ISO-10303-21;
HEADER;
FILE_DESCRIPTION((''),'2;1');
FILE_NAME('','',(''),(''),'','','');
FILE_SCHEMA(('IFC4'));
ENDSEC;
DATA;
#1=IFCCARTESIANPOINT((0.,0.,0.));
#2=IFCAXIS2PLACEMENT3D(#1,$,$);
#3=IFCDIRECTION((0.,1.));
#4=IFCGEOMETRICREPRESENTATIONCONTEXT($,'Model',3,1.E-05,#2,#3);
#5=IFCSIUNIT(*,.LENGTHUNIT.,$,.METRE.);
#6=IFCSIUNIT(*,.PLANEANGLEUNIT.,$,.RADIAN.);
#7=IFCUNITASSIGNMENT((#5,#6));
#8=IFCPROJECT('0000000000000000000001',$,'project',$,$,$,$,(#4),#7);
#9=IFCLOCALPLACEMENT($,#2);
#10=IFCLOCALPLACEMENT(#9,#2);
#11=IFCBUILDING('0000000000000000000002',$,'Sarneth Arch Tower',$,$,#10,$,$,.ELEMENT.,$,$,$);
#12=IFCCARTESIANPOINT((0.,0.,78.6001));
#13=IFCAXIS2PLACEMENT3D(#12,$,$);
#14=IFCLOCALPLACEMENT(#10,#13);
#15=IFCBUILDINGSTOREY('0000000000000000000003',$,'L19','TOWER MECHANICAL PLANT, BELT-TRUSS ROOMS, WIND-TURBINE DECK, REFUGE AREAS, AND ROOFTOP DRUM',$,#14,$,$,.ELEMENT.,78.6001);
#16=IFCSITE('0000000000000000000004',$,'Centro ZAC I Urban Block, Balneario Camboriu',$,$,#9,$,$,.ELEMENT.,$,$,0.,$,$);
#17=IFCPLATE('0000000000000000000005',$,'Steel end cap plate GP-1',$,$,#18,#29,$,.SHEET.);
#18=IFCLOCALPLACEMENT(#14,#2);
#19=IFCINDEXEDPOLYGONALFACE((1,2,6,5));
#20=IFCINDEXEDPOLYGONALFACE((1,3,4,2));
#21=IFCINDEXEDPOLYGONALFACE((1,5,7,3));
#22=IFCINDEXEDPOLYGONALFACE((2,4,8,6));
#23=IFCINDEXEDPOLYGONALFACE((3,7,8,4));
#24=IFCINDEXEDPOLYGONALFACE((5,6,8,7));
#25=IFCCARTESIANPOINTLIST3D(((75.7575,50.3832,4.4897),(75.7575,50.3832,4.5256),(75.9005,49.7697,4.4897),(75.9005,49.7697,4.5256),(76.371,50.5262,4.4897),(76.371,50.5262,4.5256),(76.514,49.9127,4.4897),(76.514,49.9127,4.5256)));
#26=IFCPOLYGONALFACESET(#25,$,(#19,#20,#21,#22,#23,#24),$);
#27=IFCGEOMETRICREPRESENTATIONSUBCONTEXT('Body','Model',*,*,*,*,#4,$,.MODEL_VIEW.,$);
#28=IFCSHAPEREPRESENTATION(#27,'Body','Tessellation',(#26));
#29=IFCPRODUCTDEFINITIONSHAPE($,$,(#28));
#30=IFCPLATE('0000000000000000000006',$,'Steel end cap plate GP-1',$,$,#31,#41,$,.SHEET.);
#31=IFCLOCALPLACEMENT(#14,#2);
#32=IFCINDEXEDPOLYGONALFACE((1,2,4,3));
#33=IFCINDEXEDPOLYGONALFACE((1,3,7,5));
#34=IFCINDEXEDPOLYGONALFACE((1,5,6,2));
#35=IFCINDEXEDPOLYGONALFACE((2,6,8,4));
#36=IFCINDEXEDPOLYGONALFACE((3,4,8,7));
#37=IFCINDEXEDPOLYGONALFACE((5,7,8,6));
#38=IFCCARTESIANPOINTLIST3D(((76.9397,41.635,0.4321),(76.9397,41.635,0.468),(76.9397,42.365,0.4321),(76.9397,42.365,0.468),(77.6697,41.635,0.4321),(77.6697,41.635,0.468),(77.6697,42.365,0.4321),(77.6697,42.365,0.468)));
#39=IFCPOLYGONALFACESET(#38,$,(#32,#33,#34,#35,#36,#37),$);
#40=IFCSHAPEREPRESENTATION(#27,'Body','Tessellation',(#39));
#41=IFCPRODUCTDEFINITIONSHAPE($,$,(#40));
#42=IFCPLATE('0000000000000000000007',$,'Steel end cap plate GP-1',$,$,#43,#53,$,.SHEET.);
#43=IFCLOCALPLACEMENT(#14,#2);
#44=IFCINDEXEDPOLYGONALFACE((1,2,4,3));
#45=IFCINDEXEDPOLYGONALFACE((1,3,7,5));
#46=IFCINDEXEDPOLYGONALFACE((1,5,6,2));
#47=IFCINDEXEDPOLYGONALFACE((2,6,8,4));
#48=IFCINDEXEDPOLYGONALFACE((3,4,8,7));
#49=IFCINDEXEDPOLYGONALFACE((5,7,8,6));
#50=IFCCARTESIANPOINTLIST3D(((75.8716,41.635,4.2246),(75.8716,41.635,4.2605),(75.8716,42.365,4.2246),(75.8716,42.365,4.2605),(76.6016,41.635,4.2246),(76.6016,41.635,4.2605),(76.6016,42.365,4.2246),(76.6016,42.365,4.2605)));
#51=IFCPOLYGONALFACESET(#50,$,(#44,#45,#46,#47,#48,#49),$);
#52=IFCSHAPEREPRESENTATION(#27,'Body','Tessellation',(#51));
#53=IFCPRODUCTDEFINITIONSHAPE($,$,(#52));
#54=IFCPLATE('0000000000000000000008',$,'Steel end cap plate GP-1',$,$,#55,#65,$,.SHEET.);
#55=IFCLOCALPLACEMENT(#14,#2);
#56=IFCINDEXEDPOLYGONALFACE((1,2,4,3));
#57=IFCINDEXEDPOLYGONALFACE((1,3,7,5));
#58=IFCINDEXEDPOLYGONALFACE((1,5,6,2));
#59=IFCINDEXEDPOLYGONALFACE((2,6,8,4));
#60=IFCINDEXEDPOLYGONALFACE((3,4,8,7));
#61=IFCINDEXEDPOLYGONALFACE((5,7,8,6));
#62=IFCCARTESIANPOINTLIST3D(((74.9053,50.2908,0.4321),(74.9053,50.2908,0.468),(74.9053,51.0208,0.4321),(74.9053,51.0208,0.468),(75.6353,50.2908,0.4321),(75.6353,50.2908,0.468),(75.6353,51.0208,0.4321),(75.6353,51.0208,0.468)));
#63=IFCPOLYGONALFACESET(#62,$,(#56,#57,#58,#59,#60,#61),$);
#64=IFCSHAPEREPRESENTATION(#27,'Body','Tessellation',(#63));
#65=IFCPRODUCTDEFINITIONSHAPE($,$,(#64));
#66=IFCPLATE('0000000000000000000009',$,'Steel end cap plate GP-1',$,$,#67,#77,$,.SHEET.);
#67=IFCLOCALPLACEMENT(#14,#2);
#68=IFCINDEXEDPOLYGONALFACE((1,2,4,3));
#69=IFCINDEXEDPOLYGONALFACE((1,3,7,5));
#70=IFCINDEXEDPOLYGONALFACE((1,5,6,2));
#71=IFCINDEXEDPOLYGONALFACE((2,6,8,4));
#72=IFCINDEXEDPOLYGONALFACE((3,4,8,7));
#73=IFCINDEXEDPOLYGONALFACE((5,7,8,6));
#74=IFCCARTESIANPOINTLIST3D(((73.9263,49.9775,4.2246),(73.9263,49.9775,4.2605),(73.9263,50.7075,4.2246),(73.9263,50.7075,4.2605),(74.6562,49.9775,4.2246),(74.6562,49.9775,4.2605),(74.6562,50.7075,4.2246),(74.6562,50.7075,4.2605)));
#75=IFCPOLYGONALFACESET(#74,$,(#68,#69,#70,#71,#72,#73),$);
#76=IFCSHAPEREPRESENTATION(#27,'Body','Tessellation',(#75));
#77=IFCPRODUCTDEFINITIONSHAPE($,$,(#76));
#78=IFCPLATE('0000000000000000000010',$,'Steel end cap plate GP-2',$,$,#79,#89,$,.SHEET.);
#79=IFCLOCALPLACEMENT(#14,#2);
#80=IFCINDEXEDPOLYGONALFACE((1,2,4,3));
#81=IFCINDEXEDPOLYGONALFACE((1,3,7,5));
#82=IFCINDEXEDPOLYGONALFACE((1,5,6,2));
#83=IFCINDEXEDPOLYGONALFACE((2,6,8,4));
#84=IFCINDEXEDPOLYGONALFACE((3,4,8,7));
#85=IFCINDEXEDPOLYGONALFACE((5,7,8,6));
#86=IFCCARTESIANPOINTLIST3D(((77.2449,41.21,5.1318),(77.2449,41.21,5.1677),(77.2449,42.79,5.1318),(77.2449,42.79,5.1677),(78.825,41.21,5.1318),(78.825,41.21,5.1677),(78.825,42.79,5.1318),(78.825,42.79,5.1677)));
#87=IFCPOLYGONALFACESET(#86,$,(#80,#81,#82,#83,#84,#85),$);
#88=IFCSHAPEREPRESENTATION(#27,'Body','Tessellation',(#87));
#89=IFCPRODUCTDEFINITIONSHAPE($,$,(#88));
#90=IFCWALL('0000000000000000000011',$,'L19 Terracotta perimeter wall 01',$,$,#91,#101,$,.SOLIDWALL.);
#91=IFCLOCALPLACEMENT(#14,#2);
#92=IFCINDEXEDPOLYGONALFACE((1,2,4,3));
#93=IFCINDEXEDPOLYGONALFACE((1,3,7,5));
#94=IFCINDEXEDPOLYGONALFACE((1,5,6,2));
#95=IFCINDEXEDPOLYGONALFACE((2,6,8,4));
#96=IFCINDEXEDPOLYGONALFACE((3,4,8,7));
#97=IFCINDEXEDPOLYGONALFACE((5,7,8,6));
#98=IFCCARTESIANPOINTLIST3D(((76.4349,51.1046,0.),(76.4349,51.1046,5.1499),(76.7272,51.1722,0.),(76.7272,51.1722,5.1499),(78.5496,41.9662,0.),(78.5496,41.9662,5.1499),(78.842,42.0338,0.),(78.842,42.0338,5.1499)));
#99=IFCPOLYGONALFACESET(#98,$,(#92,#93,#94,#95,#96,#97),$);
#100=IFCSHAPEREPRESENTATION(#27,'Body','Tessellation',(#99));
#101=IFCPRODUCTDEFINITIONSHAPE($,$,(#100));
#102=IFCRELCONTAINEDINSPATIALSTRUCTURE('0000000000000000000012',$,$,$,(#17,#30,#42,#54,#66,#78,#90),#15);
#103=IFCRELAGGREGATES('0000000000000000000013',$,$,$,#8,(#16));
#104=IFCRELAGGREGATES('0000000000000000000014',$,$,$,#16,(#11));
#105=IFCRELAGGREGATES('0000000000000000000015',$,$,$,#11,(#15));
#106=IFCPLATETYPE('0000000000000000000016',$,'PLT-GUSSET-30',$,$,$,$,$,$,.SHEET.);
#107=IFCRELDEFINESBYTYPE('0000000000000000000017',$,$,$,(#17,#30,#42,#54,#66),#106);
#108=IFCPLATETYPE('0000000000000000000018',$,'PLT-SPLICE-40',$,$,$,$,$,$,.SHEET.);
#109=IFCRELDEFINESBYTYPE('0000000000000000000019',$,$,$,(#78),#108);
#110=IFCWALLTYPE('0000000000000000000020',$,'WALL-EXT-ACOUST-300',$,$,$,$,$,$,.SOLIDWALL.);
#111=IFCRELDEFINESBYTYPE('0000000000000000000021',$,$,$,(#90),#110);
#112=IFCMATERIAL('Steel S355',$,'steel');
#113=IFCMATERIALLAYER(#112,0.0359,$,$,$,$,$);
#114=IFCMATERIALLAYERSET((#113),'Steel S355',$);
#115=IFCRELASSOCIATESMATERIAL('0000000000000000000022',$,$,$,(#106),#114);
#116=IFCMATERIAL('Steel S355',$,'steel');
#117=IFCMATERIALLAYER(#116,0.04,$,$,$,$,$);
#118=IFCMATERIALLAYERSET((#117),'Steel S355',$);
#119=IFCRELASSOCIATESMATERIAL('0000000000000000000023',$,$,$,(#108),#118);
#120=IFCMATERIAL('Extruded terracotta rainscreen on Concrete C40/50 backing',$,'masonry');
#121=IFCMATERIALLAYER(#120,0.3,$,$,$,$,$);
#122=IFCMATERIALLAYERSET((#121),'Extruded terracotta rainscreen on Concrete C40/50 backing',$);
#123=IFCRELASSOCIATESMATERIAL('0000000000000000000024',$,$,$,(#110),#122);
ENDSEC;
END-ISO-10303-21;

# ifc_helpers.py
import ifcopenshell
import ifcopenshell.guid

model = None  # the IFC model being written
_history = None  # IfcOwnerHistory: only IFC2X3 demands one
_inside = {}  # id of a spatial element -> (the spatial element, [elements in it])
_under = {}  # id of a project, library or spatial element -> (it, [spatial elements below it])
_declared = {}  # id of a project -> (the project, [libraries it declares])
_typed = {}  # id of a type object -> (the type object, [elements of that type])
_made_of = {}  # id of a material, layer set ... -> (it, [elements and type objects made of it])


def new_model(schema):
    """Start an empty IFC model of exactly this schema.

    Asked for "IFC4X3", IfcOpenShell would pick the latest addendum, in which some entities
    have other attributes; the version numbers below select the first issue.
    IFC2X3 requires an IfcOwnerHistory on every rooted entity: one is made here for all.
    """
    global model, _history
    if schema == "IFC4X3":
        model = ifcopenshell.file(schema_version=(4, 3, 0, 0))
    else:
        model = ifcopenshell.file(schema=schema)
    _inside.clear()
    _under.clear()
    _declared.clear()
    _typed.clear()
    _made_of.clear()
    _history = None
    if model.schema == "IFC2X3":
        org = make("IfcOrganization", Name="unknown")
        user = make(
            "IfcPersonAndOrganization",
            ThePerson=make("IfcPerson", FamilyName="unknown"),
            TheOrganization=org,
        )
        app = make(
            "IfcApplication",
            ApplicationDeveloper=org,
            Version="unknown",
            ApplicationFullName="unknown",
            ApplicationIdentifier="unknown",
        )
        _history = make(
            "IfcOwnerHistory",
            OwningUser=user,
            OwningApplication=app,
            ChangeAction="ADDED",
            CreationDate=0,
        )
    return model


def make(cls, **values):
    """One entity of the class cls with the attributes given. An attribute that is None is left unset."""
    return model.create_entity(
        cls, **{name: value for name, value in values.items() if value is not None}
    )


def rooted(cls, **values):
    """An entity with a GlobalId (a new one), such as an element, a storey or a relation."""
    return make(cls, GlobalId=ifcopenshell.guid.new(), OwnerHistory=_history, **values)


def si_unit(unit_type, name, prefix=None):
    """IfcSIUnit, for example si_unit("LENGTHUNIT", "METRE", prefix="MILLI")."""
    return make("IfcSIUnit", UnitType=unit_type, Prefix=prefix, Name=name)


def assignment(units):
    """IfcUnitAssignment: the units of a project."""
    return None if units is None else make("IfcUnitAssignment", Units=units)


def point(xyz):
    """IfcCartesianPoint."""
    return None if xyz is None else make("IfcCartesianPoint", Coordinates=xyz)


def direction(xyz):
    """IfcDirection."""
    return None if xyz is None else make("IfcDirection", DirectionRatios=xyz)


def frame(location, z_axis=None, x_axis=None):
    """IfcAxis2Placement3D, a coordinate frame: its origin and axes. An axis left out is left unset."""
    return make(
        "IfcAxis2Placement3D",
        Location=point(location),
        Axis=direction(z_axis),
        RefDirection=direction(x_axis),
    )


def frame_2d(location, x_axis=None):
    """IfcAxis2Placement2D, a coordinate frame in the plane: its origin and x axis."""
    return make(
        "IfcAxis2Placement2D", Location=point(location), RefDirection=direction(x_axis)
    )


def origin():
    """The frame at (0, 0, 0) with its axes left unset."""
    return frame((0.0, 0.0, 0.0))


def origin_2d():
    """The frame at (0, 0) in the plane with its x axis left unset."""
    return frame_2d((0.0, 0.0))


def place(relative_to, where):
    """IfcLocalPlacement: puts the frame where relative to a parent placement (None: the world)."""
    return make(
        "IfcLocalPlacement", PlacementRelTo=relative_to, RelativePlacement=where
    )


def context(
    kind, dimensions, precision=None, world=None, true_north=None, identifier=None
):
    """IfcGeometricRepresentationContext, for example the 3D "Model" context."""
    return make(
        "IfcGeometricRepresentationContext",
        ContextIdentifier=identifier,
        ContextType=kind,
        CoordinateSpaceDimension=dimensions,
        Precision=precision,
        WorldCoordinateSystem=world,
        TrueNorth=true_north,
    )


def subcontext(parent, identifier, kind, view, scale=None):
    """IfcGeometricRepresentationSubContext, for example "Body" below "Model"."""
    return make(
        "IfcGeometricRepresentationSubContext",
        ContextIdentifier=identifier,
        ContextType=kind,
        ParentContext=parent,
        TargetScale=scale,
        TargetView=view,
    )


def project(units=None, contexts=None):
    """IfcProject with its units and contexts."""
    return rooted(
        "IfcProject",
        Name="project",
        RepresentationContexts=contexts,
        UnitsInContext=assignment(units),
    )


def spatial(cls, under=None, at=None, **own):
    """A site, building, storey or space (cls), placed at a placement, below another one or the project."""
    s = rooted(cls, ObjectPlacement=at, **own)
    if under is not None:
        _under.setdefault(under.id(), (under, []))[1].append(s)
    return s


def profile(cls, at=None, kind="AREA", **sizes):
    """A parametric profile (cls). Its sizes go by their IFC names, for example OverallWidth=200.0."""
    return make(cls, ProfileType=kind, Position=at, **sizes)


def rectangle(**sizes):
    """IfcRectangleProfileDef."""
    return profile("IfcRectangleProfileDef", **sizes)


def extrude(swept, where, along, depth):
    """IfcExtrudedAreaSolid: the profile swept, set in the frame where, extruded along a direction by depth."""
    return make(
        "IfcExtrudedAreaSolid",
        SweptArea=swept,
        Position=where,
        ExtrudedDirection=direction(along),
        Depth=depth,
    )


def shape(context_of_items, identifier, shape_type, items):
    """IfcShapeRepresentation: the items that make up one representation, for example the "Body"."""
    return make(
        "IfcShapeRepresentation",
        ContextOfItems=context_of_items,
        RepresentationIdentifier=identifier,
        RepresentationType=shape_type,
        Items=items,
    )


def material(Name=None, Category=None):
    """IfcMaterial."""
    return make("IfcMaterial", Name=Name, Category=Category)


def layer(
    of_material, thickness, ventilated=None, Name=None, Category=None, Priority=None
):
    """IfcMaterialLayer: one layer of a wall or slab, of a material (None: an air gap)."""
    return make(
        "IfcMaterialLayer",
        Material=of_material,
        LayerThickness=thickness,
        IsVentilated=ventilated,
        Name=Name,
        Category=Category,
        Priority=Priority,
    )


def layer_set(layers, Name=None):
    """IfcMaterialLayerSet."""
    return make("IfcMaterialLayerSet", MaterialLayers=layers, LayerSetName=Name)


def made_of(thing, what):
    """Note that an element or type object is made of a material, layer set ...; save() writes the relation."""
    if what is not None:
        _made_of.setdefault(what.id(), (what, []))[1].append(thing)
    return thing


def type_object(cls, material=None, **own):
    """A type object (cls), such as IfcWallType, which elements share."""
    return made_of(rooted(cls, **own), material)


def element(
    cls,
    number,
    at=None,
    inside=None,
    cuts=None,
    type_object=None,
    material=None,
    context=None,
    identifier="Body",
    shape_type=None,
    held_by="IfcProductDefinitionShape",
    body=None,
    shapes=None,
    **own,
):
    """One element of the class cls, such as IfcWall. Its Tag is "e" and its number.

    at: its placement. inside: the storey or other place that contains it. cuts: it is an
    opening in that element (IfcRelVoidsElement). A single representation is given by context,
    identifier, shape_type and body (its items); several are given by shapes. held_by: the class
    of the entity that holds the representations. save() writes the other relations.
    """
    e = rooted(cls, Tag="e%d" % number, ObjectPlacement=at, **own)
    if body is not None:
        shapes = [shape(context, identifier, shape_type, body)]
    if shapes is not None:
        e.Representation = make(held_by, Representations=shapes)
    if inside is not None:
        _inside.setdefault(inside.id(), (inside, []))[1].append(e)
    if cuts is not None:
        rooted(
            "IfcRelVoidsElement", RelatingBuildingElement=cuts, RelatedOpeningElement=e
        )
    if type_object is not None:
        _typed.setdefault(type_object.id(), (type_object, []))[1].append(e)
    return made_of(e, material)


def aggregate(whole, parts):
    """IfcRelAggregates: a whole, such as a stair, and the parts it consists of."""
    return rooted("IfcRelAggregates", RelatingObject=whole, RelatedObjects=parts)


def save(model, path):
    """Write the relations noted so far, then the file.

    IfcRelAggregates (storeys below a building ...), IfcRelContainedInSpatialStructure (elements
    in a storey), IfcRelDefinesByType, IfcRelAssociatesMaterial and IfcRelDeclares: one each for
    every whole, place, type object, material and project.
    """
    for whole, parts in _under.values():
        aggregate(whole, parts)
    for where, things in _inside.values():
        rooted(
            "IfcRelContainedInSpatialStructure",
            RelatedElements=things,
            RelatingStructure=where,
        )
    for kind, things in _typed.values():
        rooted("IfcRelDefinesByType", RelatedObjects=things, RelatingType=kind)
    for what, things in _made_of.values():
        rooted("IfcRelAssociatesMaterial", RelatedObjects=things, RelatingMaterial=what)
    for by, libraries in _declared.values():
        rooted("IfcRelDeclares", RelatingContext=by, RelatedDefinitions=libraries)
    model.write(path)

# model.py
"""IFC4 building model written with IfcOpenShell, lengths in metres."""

from ifc_helpers import new_model, si_unit, direction, frame, frame_2d, origin, origin_2d, place, context, subcontext, project, spatial, rectangle, extrude, material, layer, layer_set, type_object, element, save


model = new_model("IFC4")

# Units and contexts
model_context = context("Model", 3, precision=1e-05, world=origin(), true_north=direction((0.0, 1.0)))
body_context = subcontext(model_context, "Body", "Model", "MODEL_VIEW")
ifc_project = project(units=[si_unit("LENGTHUNIT", "METRE"), si_unit("PLANEANGLEUNIT", "RADIAN")], contexts=[model_context])

# Site, building, storey
site_placement = place(None, origin())
site = spatial("IfcSite", under=ifc_project, at=site_placement, Name="Centro ZAC I Urban Block, Balneario Camboriu", CompositionType="ELEMENT", RefElevation=0.0)
building_placement = place(site_placement, origin())
building = spatial("IfcBuilding", under=site, at=building_placement, Name="Sarneth Arch Tower", CompositionType="ELEMENT")
storey_placement = place(building_placement, frame((0.0, 0.0, 78.6001)))
storey = spatial("IfcBuildingStorey", under=building, at=storey_placement, Name="L19", Description="TOWER MECHANICAL PLANT, BELT-TRUSS ROOMS, WIND-TURBINE DECK, REFUGE AREAS, AND ROOFTOP DRUM", CompositionType="ELEMENT", Elevation=78.6001)

# Plates
ifc_material_1 = material(Name="Steel S355", Category="steel")
ifc_layer_1 = layer(ifc_material_1, 0.0359)
ifc_layer_set_1 = layer_set([ifc_layer_1], Name="Steel S355")
plate_type_1 = type_object("IfcPlateType", Name="PLT-GUSSET-30", PredefinedType="SHEET", material=ifc_layer_set_1)
for number, where, z_axis, x_axis, name in (
    (1, (76.1357, 50.1479, 4.4897), (0.0, 0.0, 1.0), (-0.226991, 0.973897, 0.0), "Steel end cap plate GP-1"),
):
    element("IfcPlate", number, at=place(storey_placement, frame(where, z_axis=z_axis, x_axis=x_axis)), inside=storey, type_object=plate_type_1, Name=name, PredefinedType="SHEET", context=body_context, shape_type="SweptSolid", body=[
        extrude(rectangle(XDim=0.6299, YDim=0.6299, at=origin_2d()), origin(), (0.0, 0.0, 1.0), 0.0359),
    ])
for number, where, z_axis, x_axis, name in (
    (2, (77.3047, 42.0, 0.4321), (0.0, 0.0, 1.0), (1.0, 0.0, 0.0), "Steel end cap plate GP-1"),
    (3, (76.2366, 42.0, 4.2246), (0.0, 0.0, 1.0), (1.0, 0.0, 0.0), "Steel end cap plate GP-1"),
    (4, (75.2703, 50.6558, 0.4321), (0.0, 0.0, 1.0), (1.0, 0.0, 0.0), "Steel end cap plate GP-1"),
    (5, (74.2913, 50.3425, 4.2246), (0.0, 0.0, 1.0), (1.0, 0.0, 0.0), "Steel end cap plate GP-1"),
):
    element("IfcPlate", number, at=place(storey_placement, frame(where, z_axis=z_axis, x_axis=x_axis)), inside=storey, type_object=plate_type_1, Name=name, PredefinedType="SHEET", context=body_context, shape_type="SweptSolid", body=[
        extrude(rectangle(XDim=0.73, YDim=0.73, at=origin_2d()), origin(), (0.0, 0.0, 1.0), 0.0359),
    ])
ifc_material_2 = material(Name="Steel S355", Category="steel")
ifc_layer_2 = layer(ifc_material_2, 0.04)
ifc_layer_set_2 = layer_set([ifc_layer_2], Name="Steel S355")
plate_type_2 = type_object("IfcPlateType", Name="PLT-SPLICE-40", PredefinedType="SHEET", material=ifc_layer_set_2)
plate_1_placement = place(storey_placement, frame((78.0349, 42.0, 5.1318), z_axis=(0.0, 0.0, 1.0), x_axis=(1.0, 0.0, 0.0)))
element("IfcPlate", 6, at=plate_1_placement, inside=storey, type_object=plate_type_2, Name="Steel end cap plate GP-2", PredefinedType="SHEET", context=body_context, shape_type="SweptSolid", body=[
    extrude(rectangle(XDim=1.5801, YDim=1.5801, at=origin_2d()), origin(), (0.0, 0.0, 1.0), 0.0359),
])

# Wall
ifc_material_3 = material(Name="Extruded terracotta rainscreen on Concrete C40/50 backing", Category="masonry")
ifc_layer_3 = layer(ifc_material_3, 0.3)
ifc_layer_set_3 = layer_set([ifc_layer_3], Name="Extruded terracotta rainscreen on Concrete C40/50 backing")
wall_type = type_object("IfcWallType", Name="WALL-EXT-ACOUST-300", PredefinedType="SOLIDWALL", material=ifc_layer_set_3)
wall_placement = place(storey_placement, frame((78.6958, 42.0, 0.0), z_axis=(0.0, 0.0, 1.0), x_axis=(-0.225454, 0.974254, 0.0)))
element("IfcWall", 7, at=wall_placement, inside=storey, type_object=wall_type, Name="L19 Terracotta perimeter wall 01", PredefinedType="SOLIDWALL", context=body_context, shape_type="SweptSolid", body=[
    extrude(rectangle(XDim=9.3799, YDim=0.3, at=frame_2d((4.6899, 0.0))), origin(), (0.0, 0.0, 1.0), 5.1499),
])

save(model, "model.ifc")
